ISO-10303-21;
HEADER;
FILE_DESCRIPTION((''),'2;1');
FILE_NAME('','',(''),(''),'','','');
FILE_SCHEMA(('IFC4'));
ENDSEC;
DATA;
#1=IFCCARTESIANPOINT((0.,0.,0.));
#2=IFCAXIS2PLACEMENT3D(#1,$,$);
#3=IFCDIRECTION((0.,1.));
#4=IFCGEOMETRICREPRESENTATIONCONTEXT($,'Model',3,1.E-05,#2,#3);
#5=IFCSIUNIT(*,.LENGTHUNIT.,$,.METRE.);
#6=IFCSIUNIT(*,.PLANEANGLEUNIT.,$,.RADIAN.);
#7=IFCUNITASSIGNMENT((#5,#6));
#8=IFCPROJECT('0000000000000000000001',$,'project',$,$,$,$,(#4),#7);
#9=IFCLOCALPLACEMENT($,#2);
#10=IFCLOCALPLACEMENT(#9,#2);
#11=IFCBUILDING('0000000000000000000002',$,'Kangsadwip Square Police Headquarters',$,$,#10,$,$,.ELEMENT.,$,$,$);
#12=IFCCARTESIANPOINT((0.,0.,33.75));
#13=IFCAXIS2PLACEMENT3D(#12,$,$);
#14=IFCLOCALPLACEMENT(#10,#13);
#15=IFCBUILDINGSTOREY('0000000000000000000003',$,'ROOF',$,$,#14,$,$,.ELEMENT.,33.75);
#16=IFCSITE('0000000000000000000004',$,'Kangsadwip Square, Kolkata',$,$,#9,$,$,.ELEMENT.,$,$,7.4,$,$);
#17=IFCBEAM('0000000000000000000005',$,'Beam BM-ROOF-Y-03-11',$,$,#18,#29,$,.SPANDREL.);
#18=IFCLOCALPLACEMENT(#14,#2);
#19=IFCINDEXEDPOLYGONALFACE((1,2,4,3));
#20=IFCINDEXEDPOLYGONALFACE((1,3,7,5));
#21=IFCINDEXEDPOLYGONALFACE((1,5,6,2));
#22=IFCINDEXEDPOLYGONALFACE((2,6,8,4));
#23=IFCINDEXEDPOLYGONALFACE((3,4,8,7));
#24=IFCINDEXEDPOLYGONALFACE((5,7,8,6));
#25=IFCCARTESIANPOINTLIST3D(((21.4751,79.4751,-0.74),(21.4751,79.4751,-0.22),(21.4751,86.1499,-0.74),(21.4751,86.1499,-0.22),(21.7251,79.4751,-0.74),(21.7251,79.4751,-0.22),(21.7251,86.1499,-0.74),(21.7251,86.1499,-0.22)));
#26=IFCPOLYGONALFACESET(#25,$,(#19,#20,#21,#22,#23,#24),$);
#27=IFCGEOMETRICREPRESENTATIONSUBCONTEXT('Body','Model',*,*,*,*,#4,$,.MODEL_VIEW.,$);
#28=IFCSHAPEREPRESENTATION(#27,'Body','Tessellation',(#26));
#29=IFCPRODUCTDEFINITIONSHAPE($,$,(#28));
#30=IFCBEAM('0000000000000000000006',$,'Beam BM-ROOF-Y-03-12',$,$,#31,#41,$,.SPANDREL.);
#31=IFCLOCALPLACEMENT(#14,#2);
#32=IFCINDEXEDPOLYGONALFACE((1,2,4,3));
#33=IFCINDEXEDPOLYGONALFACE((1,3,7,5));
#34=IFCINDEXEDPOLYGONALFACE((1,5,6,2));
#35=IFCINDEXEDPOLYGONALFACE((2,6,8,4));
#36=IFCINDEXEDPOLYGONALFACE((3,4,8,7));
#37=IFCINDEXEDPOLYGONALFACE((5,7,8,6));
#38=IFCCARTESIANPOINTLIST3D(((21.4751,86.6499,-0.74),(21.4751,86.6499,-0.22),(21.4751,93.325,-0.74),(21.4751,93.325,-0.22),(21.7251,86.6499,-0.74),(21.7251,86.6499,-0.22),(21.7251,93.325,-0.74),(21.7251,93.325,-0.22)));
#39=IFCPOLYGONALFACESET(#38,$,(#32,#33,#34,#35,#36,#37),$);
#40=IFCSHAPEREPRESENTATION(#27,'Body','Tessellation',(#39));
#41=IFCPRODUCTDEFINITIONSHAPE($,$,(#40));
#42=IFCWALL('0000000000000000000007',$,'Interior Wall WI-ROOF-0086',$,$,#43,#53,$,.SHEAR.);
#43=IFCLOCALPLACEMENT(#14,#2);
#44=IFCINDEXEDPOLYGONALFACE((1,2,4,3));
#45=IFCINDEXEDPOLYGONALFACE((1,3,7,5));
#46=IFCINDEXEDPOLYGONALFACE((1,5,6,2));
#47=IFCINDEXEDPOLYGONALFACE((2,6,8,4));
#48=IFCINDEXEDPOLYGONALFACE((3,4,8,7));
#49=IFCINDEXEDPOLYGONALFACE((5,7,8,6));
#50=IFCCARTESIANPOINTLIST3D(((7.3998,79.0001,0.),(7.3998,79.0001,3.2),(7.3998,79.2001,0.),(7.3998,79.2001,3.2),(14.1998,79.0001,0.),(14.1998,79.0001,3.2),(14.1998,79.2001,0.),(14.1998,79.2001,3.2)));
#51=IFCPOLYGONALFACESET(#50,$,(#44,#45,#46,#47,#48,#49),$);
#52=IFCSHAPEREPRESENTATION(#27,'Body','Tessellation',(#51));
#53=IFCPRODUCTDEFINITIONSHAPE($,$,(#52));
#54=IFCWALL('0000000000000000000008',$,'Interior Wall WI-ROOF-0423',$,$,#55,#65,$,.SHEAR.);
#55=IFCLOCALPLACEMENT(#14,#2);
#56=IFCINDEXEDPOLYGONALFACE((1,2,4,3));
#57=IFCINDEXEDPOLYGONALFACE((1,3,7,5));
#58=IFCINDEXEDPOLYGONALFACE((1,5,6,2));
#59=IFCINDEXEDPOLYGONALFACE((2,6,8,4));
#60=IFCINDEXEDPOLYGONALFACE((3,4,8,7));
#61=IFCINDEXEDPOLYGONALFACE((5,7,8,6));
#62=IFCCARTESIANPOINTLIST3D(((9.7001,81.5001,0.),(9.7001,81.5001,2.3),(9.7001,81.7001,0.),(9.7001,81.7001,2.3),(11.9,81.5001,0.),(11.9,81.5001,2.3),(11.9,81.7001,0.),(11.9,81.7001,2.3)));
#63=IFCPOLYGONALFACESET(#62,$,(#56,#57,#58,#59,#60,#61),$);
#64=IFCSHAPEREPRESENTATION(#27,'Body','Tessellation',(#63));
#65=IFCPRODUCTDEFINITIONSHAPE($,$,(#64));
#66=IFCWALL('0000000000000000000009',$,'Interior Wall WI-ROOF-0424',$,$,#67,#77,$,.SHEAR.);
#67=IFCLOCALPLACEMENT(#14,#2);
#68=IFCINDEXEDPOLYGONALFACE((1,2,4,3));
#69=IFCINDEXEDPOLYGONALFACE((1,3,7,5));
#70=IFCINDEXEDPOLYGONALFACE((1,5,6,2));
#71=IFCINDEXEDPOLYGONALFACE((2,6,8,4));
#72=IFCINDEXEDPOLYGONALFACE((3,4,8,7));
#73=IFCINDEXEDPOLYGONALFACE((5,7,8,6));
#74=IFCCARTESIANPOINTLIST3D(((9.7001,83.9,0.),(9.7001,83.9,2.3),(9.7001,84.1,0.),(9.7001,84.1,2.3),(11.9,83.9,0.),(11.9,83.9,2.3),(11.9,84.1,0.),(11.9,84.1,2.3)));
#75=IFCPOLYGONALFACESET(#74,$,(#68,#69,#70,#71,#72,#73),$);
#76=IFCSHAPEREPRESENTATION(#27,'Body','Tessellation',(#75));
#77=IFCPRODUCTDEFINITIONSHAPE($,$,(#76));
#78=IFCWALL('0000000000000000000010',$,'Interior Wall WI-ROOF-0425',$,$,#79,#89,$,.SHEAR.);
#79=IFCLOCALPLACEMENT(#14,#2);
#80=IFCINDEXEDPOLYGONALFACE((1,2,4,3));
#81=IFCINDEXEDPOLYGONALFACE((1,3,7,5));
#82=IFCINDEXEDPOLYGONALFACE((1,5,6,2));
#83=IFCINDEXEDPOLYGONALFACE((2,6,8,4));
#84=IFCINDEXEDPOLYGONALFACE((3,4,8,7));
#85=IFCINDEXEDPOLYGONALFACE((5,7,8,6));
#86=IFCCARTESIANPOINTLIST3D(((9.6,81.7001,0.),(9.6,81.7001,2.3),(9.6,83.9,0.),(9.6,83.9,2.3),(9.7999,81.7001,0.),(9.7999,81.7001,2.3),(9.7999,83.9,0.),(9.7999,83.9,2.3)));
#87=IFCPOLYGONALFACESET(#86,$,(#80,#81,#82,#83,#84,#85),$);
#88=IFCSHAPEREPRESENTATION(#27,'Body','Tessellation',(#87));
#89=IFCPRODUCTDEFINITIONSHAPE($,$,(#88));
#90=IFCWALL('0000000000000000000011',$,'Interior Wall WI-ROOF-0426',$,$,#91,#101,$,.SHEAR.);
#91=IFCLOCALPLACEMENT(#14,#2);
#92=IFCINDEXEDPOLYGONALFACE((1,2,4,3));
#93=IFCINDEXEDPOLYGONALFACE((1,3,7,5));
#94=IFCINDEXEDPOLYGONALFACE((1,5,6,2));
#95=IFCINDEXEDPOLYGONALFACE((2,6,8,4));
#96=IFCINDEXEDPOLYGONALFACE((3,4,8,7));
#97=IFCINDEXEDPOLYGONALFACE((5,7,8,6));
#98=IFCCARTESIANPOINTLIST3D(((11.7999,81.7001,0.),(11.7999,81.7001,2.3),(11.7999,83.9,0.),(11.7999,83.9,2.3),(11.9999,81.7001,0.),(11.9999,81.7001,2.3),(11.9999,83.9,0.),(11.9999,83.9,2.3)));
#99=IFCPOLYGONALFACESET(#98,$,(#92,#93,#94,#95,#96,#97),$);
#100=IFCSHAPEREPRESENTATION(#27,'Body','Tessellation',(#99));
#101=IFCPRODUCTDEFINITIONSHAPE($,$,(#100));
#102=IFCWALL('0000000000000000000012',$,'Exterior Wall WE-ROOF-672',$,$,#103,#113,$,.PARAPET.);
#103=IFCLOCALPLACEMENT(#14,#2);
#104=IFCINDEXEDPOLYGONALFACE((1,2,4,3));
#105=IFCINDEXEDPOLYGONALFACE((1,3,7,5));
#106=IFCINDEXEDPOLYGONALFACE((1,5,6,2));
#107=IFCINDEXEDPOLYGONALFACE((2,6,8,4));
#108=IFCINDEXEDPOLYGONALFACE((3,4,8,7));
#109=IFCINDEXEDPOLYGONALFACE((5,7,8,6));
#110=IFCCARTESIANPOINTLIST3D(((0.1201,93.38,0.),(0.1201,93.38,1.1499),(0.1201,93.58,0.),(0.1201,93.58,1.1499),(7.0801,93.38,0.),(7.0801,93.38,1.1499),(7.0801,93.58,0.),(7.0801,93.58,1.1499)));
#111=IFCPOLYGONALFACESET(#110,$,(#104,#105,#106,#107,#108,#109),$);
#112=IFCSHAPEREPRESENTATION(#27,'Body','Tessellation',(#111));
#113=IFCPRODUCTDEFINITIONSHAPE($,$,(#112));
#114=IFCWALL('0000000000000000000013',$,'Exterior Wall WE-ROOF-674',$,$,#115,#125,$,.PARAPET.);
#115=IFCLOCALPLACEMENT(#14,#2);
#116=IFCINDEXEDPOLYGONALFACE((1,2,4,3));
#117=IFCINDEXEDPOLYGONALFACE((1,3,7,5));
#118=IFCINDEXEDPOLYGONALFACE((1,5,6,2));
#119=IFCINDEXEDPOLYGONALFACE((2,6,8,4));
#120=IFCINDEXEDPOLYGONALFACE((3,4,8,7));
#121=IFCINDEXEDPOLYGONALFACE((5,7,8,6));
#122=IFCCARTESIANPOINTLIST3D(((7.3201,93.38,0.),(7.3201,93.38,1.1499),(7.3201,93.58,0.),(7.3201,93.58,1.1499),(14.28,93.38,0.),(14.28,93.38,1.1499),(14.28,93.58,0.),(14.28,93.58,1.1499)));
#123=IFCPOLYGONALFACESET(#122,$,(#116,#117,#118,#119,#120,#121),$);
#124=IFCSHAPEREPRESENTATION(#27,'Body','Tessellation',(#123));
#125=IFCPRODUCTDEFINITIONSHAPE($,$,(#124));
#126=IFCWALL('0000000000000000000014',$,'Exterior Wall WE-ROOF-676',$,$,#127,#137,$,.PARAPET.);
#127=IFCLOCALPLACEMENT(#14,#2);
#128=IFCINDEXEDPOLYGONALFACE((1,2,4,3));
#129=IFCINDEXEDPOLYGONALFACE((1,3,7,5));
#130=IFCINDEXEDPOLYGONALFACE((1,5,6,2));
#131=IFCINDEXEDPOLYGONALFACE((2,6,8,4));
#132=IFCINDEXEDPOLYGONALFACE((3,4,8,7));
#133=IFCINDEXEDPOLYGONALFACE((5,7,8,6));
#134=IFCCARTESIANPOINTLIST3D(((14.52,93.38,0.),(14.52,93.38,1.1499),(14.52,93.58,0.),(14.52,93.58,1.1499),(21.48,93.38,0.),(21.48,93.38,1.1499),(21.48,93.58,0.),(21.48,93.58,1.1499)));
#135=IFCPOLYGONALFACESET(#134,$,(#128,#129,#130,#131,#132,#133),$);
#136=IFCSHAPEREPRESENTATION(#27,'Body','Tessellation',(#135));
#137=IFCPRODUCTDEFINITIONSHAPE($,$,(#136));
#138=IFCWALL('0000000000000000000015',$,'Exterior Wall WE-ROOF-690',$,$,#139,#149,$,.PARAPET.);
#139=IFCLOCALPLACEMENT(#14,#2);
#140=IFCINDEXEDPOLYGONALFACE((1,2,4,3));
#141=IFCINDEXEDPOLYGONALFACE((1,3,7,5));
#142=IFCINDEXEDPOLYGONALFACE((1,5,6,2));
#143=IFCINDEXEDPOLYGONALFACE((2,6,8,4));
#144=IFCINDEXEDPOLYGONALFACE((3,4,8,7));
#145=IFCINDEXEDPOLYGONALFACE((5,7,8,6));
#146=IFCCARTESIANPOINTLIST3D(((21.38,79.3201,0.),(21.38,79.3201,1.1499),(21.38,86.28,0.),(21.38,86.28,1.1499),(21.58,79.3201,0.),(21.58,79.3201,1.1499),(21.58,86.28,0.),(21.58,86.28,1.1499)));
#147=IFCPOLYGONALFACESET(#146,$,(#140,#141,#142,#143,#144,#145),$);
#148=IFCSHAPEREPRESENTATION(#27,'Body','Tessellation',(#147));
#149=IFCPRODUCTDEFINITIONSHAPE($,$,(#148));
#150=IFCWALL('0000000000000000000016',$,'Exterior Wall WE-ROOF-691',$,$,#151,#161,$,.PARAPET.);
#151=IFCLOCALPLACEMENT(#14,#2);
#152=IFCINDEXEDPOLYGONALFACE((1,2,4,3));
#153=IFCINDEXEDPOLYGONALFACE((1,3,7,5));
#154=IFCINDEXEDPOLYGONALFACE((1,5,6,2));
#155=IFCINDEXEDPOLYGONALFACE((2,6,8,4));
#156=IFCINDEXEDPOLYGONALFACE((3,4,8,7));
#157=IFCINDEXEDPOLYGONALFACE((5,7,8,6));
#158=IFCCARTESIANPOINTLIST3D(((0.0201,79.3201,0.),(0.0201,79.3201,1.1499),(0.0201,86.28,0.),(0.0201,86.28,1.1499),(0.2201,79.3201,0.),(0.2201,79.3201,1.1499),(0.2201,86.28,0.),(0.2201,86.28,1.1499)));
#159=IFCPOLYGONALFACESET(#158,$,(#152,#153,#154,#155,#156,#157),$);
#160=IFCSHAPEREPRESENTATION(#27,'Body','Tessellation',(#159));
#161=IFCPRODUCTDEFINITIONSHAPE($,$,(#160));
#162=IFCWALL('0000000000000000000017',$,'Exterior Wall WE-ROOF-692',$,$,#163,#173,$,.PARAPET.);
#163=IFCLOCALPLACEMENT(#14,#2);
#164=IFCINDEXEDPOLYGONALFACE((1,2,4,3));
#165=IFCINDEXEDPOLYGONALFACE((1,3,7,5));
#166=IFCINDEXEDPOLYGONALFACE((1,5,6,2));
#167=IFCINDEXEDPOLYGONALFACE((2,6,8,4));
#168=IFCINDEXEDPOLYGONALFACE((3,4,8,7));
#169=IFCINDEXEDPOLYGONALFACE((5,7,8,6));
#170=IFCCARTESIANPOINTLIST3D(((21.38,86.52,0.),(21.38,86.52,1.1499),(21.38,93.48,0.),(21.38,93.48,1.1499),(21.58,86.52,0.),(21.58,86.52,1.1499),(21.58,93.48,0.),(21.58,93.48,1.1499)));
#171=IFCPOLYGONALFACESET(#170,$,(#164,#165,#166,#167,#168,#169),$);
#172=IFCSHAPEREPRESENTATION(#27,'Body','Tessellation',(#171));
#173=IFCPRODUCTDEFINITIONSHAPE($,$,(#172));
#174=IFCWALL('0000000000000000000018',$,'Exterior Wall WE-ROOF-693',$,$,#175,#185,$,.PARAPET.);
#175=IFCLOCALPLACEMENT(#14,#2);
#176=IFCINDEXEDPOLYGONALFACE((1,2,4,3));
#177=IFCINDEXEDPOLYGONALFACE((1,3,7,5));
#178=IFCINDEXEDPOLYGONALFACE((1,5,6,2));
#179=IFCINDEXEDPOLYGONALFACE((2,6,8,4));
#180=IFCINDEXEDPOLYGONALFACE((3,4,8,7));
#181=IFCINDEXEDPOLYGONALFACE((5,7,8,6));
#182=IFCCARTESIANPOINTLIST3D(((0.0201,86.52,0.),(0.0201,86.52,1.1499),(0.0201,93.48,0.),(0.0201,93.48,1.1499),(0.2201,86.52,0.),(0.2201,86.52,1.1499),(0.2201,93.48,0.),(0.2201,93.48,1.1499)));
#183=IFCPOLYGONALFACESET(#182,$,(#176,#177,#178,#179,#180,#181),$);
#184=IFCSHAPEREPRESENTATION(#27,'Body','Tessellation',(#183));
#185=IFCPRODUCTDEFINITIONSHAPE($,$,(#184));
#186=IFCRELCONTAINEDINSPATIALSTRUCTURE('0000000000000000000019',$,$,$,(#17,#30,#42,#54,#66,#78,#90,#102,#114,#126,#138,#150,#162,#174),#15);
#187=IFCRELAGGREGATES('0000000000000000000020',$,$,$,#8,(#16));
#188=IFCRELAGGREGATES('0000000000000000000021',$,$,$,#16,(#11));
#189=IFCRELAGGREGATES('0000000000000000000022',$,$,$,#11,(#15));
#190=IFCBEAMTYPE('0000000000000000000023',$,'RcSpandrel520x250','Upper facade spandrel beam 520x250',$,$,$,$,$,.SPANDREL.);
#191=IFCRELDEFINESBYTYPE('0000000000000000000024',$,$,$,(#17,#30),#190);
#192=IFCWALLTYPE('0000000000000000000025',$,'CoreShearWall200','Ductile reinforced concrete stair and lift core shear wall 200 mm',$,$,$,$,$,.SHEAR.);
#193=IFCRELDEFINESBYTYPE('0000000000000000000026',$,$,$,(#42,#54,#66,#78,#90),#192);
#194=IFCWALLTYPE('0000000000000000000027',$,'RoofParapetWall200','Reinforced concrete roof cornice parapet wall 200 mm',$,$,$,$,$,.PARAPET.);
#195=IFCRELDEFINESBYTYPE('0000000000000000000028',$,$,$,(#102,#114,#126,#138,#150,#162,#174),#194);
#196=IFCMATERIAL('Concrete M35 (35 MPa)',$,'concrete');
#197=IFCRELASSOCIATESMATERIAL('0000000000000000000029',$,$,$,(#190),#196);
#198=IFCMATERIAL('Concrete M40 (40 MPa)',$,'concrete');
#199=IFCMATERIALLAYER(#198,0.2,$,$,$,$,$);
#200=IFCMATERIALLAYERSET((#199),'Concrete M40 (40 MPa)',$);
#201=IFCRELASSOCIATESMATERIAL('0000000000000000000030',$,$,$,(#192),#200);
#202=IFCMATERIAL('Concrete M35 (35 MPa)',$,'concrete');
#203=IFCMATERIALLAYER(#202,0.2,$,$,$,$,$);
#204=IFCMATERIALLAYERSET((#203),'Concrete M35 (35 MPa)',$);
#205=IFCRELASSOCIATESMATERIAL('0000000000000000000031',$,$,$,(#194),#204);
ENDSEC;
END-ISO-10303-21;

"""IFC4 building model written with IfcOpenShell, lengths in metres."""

from ifc_helpers import new_model, si_unit, direction, frame, frame_2d, origin, origin_2d, place, context, subcontext, project, spatial, rectangle, extrude, material, layer, layer_set, material_profile, profile_set, type_object, element, save


model = new_model("IFC4")

# Units and contexts
model_context = context("Model", 3, precision=1e-05, world=origin(), true_north=direction((0.0, 1.0)))
body_context = subcontext(model_context, "Body", "Model", "MODEL_VIEW")
ifc_project = project(units=[si_unit("LENGTHUNIT", "METRE"), si_unit("PLANEANGLEUNIT", "RADIAN")], contexts=[model_context])

# Site, building, storey
site_placement = place(None, origin())
site = spatial("IfcSite", under=ifc_project, at=site_placement, Name="Kangsadwip Square, Kolkata", CompositionType="ELEMENT", RefElevation=7.4)
building_placement = place(site_placement, origin())
building = spatial("IfcBuilding", under=site, at=building_placement, Name="Kangsadwip Square Police Headquarters", CompositionType="ELEMENT")
storey_placement = place(building_placement, frame((0.0, 0.0, 33.75)))
storey = spatial("IfcBuildingStorey", under=building, at=storey_placement, Name="ROOF", CompositionType="ELEMENT", Elevation=33.75)

# Beams
ifc_material_1 = material(Name="Concrete M35 (35 MPa)", Category="concrete")
ifc_material_profile_1 = material_profile(ifc_material_1, rectangle(XDim=0.25, YDim=0.52, at=origin_2d()), Name="RC SPN 520X250")
ifc_profile_set_1 = profile_set([ifc_material_profile_1], Name="Concrete M35 (35 MPa)")
beam_type_1 = type_object("IfcBeamType", Name="RcSpandrel520x250", Description="Upper facade spandrel beam 520x250", PredefinedType="SPANDREL", material=ifc_profile_set_1)
beam_1_placement = place(storey_placement, frame((21.6001, 79.4751, -0.48), z_axis=(0.0, 1.0, 0.0), x_axis=(-1.0, 0.0, 0.0)))
element("IfcBeam", 1, at=beam_1_placement, inside=storey, type_object=beam_type_1, Name="Beam BM-ROOF-Y-03-11", PredefinedType="SPANDREL", context=body_context, shape_type="SweptSolid", body=[
    extrude(rectangle(XDim=0.25, YDim=0.52, at=origin_2d()), origin(), (0.0, 0.0, 1.0), 6.6748),
])
beam_2_placement = place(storey_placement, frame((21.6001, 86.6499, -0.48), z_axis=(0.0, 1.0, 0.0), x_axis=(-1.0, 0.0, 0.0)))
element("IfcBeam", 2, at=beam_2_placement, inside=storey, type_object=beam_type_1, Name="Beam BM-ROOF-Y-03-12", PredefinedType="SPANDREL", context=body_context, shape_type="SweptSolid", body=[
    extrude(rectangle(XDim=0.25, YDim=0.52, at=origin_2d()), origin(), (0.0, 0.0, 1.0), 6.675),
])

# Walls
ifc_material_2 = material(Name="Concrete M40 (40 MPa)", Category="concrete")
ifc_layer_1 = layer(ifc_material_2, 0.2)
ifc_layer_set_1 = layer_set([ifc_layer_1], Name="Concrete M40 (40 MPa)")
wall_type_1 = type_object("IfcWallType", Name="CoreShearWall200", Description="Ductile reinforced concrete stair and lift core shear wall 200 mm", PredefinedType="SHEAR", material=ifc_layer_set_1)
wall_placement = place(storey_placement, frame((7.3999, 79.1001, 0.0), z_axis=(0.0, 0.0, 1.0), x_axis=(1.0, 0.0, 0.0)))
element("IfcWall", 3, at=wall_placement, inside=storey, type_object=wall_type_1, Name="Interior Wall WI-ROOF-0086", PredefinedType="SHEAR", context=body_context, shape_type="SweptSolid", body=[
    extrude(rectangle(XDim=6.8, YDim=0.2, at=frame_2d((3.3999, 0.0))), origin(), (0.0, 0.0, 1.0), 3.2),
])
for number, where, z_axis, x_axis, name in (
    (4, (9.7, 81.6001, 0.0), (0.0, 0.0, 1.0), (1.0, 0.0, 0.0), "Interior Wall WI-ROOF-0423"),
    (5, (9.7, 84.0, 0.0), (0.0, 0.0, 1.0), (1.0, 0.0, 0.0), "Interior Wall WI-ROOF-0424"),
    (6, (9.7, 81.7, 0.0), (0.0, 0.0, 1.0), (0.0, 1.0, 0.0), "Interior Wall WI-ROOF-0425"),
    (7, (11.8999, 81.7, 0.0), (0.0, 0.0, 1.0), (0.0, 1.0, 0.0), "Interior Wall WI-ROOF-0426"),
):
    element("IfcWall", number, at=place(storey_placement, frame(where, z_axis=z_axis, x_axis=x_axis)), inside=storey, type_object=wall_type_1, Name=name, PredefinedType="SHEAR", context=body_context, shape_type="SweptSolid", body=[
        extrude(rectangle(XDim=2.2, YDim=0.2, at=frame_2d((1.1001, 0.0))), origin(), (0.0, 0.0, 1.0), 2.3),
    ])
ifc_material_3 = material(Name="Concrete M35 (35 MPa)", Category="concrete")
ifc_layer_2 = layer(ifc_material_3, 0.2)
ifc_layer_set_2 = layer_set([ifc_layer_2], Name="Concrete M35 (35 MPa)")
wall_type_2 = type_object("IfcWallType", Name="RoofParapetWall200", Description="Reinforced concrete roof cornice parapet wall 200 mm", PredefinedType="PARAPET", material=ifc_layer_set_2)
for number, where, z_axis, x_axis, name in (
    (8, (0.1201, 93.48, 0.0), (0.0, 0.0, 1.0), (1.0, 0.0, 0.0), "Exterior Wall WE-ROOF-672"),
    (9, (7.3201, 93.48, 0.0), (0.0, 0.0, 1.0), (1.0, 0.0, 0.0), "Exterior Wall WE-ROOF-674"),
    (10, (14.52, 93.48, 0.0), (0.0, 0.0, 1.0), (1.0, 0.0, 0.0), "Exterior Wall WE-ROOF-676"),
    (11, (21.48, 79.3201, 0.0), (0.0, 0.0, 1.0), (0.0, 1.0, 0.0), "Exterior Wall WE-ROOF-690"),
    (12, (0.1201, 79.3201, 0.0), (0.0, 0.0, 1.0), (0.0, 1.0, 0.0), "Exterior Wall WE-ROOF-691"),
    (13, (21.48, 86.52, 0.0), (0.0, 0.0, 1.0), (0.0, 1.0, 0.0), "Exterior Wall WE-ROOF-692"),
    (14, (0.1201, 86.52, 0.0), (0.0, 0.0, 1.0), (0.0, 1.0, 0.0), "Exterior Wall WE-ROOF-693"),
):
    element("IfcWall", number, at=place(storey_placement, frame(where, z_axis=z_axis, x_axis=x_axis)), inside=storey, type_object=wall_type_2, Name=name, PredefinedType="PARAPET", context=body_context, shape_type="SweptSolid", body=[
        extrude(rectangle(XDim=6.96, YDim=0.2, at=frame_2d((3.48, 0.0))), origin(), (0.0, 0.0, 1.0), 1.1499),
    ])

save(model, "model.ifc")
